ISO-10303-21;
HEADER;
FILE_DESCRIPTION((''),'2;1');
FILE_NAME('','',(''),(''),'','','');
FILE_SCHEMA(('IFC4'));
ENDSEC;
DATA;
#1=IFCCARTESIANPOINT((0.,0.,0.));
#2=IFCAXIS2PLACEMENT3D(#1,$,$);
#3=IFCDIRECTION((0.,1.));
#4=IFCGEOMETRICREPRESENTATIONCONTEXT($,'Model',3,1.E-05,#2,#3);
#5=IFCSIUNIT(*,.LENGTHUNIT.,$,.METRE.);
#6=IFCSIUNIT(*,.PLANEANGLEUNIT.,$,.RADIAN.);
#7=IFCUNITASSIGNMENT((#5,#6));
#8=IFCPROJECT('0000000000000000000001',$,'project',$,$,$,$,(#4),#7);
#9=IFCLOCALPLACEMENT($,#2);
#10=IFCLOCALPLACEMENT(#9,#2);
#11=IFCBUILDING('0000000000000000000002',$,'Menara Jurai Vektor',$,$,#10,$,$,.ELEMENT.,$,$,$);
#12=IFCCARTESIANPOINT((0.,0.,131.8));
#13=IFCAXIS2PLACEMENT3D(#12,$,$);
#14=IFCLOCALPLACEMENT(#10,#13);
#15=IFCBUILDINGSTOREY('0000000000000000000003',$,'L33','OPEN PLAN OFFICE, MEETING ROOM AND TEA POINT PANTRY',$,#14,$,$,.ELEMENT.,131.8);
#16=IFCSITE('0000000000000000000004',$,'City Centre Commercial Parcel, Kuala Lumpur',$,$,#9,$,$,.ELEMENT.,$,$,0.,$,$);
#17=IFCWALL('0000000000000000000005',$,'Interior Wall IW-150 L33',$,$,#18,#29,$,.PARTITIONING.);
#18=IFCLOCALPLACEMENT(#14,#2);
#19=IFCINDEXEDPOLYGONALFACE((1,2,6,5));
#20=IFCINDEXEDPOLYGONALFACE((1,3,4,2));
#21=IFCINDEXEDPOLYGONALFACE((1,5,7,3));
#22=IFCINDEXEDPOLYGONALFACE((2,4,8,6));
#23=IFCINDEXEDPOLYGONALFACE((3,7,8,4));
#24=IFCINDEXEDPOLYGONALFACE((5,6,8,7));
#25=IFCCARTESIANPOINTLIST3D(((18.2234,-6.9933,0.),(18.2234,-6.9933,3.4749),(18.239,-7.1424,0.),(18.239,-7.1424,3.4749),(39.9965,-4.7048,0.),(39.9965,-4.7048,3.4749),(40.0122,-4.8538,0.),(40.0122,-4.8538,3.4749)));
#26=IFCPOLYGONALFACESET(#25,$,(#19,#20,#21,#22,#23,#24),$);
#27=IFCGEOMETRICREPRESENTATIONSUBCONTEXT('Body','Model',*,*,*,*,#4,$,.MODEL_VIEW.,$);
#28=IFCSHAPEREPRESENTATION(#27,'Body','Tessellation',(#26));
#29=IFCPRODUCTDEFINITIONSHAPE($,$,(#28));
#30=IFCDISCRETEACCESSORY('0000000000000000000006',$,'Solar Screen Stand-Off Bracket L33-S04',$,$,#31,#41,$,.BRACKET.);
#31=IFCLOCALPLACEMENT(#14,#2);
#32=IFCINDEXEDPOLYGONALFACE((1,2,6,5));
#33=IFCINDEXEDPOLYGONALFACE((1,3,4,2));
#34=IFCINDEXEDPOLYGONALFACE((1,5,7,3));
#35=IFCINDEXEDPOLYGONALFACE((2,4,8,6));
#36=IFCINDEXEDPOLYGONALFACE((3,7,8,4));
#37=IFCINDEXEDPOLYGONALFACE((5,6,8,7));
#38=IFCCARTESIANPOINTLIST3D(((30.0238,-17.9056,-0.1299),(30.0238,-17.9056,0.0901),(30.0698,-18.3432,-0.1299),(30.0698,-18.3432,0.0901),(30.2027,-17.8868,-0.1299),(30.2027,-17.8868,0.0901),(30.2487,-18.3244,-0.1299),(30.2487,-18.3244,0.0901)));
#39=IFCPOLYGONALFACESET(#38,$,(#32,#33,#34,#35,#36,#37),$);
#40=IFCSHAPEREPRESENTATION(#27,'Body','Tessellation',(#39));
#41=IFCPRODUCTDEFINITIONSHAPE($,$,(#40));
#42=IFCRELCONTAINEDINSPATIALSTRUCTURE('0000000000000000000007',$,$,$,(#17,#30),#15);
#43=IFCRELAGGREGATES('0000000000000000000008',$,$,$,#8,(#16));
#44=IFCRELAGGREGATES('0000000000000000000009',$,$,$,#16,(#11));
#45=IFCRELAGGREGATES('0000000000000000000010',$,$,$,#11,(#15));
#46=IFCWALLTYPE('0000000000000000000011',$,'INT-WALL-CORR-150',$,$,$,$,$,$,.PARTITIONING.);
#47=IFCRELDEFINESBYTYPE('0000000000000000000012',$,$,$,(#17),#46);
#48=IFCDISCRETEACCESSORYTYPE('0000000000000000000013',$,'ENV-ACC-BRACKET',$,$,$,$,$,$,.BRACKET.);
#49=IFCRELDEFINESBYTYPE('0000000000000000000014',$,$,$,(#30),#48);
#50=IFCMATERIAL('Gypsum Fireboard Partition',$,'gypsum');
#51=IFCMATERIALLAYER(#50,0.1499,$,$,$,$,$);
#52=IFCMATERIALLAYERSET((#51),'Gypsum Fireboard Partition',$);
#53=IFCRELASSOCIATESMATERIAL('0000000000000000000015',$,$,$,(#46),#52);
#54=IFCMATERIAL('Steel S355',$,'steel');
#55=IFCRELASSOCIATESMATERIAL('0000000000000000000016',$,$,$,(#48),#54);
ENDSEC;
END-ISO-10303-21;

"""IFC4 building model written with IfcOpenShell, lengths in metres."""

from ifc_helpers import new_model, si_unit, direction, frame, frame_2d, origin, origin_2d, place, context, subcontext, project, spatial, rectangle, extrude, material, layer, layer_set, type_object, element, save


model = new_model("IFC4")

# Units and contexts
model_context = context("Model", 3, precision=1e-05, world=origin(), true_north=direction((0.0, 1.0)))
body_context = subcontext(model_context, "Body", "Model", "MODEL_VIEW")
ifc_project = project(units=[si_unit("LENGTHUNIT", "METRE"), si_unit("PLANEANGLEUNIT", "RADIAN")], contexts=[model_context])

# Site, building, storey
site_placement = place(None, origin())
site = spatial("IfcSite", under=ifc_project, at=site_placement, Name="City Centre Commercial Parcel, Kuala Lumpur", CompositionType="ELEMENT", RefElevation=0.0)
building_placement = place(site_placement, origin())
building = spatial("IfcBuilding", under=site, at=building_placement, Name="Menara Jurai Vektor", CompositionType="ELEMENT")
storey_placement = place(building_placement, frame((0.0, 0.0, 131.8)))
storey = spatial("IfcBuildingStorey", under=building, at=storey_placement, Name="L33", Description="OPEN PLAN OFFICE, MEETING ROOM AND TEA POINT PANTRY", CompositionType="ELEMENT", Elevation=131.8)

# Shared definitions
ifc_material_1 = material(Name="Steel S355", Category="steel")

# Shared definitions
ifc_material_2 = material(Name="Gypsum Fireboard Partition", Category="gypsum")
ifc_layer_1 = layer(ifc_material_2, 0.1499)
ifc_layer_set_1 = layer_set([ifc_layer_1], Name="Gypsum Fireboard Partition")
wall_type = type_object("IfcWallType", Name="INT-WALL-CORR-150", PredefinedType="PARTITIONING", material=ifc_layer_set_1)

# Wall
wall_1_placement = place(storey_placement, frame((18.2312, -7.0679, 0.0), z_axis=(0.0, 0.0, 1.0), x_axis=(0.994521, 0.104534, 0.0)))
element("IfcWall", 1, at=wall_1_placement, inside=storey, type_object=wall_type, Name="Interior Wall IW-150 L33", PredefinedType="PARTITIONING", context=body_context, shape_type="SweptSolid", body=[
    extrude(rectangle(XDim=21.8931, YDim=0.1499, at=frame_2d((10.9465, 0.0))), origin(), (0.0, 0.0, 1.0), 3.4749),
])

# Discrete accessory
discrete_accessory_type = type_object("IfcDiscreteAccessoryType", Name="ENV-ACC-BRACKET", PredefinedType="BRACKET", material=ifc_material_1)
discrete_accessory_placement = place(storey_placement, frame((30.1362, -18.115, -0.1299), z_axis=(0.0, 0.0, 1.0), x_axis=(0.994522, 0.104528, 0.0)))
element("IfcDiscreteAccessory", 2, at=discrete_accessory_placement, inside=storey, type_object=discrete_accessory_type, Name="Solar Screen Stand-Off Bracket L33-S04", PredefinedType="BRACKET", context=body_context, shape_type="SweptSolid", body=[
    extrude(rectangle(XDim=0.1799, YDim=0.4399, at=origin_2d()), origin(), (0.0, 0.0, 1.0), 0.22),
])

save(model, "model.ifc")
